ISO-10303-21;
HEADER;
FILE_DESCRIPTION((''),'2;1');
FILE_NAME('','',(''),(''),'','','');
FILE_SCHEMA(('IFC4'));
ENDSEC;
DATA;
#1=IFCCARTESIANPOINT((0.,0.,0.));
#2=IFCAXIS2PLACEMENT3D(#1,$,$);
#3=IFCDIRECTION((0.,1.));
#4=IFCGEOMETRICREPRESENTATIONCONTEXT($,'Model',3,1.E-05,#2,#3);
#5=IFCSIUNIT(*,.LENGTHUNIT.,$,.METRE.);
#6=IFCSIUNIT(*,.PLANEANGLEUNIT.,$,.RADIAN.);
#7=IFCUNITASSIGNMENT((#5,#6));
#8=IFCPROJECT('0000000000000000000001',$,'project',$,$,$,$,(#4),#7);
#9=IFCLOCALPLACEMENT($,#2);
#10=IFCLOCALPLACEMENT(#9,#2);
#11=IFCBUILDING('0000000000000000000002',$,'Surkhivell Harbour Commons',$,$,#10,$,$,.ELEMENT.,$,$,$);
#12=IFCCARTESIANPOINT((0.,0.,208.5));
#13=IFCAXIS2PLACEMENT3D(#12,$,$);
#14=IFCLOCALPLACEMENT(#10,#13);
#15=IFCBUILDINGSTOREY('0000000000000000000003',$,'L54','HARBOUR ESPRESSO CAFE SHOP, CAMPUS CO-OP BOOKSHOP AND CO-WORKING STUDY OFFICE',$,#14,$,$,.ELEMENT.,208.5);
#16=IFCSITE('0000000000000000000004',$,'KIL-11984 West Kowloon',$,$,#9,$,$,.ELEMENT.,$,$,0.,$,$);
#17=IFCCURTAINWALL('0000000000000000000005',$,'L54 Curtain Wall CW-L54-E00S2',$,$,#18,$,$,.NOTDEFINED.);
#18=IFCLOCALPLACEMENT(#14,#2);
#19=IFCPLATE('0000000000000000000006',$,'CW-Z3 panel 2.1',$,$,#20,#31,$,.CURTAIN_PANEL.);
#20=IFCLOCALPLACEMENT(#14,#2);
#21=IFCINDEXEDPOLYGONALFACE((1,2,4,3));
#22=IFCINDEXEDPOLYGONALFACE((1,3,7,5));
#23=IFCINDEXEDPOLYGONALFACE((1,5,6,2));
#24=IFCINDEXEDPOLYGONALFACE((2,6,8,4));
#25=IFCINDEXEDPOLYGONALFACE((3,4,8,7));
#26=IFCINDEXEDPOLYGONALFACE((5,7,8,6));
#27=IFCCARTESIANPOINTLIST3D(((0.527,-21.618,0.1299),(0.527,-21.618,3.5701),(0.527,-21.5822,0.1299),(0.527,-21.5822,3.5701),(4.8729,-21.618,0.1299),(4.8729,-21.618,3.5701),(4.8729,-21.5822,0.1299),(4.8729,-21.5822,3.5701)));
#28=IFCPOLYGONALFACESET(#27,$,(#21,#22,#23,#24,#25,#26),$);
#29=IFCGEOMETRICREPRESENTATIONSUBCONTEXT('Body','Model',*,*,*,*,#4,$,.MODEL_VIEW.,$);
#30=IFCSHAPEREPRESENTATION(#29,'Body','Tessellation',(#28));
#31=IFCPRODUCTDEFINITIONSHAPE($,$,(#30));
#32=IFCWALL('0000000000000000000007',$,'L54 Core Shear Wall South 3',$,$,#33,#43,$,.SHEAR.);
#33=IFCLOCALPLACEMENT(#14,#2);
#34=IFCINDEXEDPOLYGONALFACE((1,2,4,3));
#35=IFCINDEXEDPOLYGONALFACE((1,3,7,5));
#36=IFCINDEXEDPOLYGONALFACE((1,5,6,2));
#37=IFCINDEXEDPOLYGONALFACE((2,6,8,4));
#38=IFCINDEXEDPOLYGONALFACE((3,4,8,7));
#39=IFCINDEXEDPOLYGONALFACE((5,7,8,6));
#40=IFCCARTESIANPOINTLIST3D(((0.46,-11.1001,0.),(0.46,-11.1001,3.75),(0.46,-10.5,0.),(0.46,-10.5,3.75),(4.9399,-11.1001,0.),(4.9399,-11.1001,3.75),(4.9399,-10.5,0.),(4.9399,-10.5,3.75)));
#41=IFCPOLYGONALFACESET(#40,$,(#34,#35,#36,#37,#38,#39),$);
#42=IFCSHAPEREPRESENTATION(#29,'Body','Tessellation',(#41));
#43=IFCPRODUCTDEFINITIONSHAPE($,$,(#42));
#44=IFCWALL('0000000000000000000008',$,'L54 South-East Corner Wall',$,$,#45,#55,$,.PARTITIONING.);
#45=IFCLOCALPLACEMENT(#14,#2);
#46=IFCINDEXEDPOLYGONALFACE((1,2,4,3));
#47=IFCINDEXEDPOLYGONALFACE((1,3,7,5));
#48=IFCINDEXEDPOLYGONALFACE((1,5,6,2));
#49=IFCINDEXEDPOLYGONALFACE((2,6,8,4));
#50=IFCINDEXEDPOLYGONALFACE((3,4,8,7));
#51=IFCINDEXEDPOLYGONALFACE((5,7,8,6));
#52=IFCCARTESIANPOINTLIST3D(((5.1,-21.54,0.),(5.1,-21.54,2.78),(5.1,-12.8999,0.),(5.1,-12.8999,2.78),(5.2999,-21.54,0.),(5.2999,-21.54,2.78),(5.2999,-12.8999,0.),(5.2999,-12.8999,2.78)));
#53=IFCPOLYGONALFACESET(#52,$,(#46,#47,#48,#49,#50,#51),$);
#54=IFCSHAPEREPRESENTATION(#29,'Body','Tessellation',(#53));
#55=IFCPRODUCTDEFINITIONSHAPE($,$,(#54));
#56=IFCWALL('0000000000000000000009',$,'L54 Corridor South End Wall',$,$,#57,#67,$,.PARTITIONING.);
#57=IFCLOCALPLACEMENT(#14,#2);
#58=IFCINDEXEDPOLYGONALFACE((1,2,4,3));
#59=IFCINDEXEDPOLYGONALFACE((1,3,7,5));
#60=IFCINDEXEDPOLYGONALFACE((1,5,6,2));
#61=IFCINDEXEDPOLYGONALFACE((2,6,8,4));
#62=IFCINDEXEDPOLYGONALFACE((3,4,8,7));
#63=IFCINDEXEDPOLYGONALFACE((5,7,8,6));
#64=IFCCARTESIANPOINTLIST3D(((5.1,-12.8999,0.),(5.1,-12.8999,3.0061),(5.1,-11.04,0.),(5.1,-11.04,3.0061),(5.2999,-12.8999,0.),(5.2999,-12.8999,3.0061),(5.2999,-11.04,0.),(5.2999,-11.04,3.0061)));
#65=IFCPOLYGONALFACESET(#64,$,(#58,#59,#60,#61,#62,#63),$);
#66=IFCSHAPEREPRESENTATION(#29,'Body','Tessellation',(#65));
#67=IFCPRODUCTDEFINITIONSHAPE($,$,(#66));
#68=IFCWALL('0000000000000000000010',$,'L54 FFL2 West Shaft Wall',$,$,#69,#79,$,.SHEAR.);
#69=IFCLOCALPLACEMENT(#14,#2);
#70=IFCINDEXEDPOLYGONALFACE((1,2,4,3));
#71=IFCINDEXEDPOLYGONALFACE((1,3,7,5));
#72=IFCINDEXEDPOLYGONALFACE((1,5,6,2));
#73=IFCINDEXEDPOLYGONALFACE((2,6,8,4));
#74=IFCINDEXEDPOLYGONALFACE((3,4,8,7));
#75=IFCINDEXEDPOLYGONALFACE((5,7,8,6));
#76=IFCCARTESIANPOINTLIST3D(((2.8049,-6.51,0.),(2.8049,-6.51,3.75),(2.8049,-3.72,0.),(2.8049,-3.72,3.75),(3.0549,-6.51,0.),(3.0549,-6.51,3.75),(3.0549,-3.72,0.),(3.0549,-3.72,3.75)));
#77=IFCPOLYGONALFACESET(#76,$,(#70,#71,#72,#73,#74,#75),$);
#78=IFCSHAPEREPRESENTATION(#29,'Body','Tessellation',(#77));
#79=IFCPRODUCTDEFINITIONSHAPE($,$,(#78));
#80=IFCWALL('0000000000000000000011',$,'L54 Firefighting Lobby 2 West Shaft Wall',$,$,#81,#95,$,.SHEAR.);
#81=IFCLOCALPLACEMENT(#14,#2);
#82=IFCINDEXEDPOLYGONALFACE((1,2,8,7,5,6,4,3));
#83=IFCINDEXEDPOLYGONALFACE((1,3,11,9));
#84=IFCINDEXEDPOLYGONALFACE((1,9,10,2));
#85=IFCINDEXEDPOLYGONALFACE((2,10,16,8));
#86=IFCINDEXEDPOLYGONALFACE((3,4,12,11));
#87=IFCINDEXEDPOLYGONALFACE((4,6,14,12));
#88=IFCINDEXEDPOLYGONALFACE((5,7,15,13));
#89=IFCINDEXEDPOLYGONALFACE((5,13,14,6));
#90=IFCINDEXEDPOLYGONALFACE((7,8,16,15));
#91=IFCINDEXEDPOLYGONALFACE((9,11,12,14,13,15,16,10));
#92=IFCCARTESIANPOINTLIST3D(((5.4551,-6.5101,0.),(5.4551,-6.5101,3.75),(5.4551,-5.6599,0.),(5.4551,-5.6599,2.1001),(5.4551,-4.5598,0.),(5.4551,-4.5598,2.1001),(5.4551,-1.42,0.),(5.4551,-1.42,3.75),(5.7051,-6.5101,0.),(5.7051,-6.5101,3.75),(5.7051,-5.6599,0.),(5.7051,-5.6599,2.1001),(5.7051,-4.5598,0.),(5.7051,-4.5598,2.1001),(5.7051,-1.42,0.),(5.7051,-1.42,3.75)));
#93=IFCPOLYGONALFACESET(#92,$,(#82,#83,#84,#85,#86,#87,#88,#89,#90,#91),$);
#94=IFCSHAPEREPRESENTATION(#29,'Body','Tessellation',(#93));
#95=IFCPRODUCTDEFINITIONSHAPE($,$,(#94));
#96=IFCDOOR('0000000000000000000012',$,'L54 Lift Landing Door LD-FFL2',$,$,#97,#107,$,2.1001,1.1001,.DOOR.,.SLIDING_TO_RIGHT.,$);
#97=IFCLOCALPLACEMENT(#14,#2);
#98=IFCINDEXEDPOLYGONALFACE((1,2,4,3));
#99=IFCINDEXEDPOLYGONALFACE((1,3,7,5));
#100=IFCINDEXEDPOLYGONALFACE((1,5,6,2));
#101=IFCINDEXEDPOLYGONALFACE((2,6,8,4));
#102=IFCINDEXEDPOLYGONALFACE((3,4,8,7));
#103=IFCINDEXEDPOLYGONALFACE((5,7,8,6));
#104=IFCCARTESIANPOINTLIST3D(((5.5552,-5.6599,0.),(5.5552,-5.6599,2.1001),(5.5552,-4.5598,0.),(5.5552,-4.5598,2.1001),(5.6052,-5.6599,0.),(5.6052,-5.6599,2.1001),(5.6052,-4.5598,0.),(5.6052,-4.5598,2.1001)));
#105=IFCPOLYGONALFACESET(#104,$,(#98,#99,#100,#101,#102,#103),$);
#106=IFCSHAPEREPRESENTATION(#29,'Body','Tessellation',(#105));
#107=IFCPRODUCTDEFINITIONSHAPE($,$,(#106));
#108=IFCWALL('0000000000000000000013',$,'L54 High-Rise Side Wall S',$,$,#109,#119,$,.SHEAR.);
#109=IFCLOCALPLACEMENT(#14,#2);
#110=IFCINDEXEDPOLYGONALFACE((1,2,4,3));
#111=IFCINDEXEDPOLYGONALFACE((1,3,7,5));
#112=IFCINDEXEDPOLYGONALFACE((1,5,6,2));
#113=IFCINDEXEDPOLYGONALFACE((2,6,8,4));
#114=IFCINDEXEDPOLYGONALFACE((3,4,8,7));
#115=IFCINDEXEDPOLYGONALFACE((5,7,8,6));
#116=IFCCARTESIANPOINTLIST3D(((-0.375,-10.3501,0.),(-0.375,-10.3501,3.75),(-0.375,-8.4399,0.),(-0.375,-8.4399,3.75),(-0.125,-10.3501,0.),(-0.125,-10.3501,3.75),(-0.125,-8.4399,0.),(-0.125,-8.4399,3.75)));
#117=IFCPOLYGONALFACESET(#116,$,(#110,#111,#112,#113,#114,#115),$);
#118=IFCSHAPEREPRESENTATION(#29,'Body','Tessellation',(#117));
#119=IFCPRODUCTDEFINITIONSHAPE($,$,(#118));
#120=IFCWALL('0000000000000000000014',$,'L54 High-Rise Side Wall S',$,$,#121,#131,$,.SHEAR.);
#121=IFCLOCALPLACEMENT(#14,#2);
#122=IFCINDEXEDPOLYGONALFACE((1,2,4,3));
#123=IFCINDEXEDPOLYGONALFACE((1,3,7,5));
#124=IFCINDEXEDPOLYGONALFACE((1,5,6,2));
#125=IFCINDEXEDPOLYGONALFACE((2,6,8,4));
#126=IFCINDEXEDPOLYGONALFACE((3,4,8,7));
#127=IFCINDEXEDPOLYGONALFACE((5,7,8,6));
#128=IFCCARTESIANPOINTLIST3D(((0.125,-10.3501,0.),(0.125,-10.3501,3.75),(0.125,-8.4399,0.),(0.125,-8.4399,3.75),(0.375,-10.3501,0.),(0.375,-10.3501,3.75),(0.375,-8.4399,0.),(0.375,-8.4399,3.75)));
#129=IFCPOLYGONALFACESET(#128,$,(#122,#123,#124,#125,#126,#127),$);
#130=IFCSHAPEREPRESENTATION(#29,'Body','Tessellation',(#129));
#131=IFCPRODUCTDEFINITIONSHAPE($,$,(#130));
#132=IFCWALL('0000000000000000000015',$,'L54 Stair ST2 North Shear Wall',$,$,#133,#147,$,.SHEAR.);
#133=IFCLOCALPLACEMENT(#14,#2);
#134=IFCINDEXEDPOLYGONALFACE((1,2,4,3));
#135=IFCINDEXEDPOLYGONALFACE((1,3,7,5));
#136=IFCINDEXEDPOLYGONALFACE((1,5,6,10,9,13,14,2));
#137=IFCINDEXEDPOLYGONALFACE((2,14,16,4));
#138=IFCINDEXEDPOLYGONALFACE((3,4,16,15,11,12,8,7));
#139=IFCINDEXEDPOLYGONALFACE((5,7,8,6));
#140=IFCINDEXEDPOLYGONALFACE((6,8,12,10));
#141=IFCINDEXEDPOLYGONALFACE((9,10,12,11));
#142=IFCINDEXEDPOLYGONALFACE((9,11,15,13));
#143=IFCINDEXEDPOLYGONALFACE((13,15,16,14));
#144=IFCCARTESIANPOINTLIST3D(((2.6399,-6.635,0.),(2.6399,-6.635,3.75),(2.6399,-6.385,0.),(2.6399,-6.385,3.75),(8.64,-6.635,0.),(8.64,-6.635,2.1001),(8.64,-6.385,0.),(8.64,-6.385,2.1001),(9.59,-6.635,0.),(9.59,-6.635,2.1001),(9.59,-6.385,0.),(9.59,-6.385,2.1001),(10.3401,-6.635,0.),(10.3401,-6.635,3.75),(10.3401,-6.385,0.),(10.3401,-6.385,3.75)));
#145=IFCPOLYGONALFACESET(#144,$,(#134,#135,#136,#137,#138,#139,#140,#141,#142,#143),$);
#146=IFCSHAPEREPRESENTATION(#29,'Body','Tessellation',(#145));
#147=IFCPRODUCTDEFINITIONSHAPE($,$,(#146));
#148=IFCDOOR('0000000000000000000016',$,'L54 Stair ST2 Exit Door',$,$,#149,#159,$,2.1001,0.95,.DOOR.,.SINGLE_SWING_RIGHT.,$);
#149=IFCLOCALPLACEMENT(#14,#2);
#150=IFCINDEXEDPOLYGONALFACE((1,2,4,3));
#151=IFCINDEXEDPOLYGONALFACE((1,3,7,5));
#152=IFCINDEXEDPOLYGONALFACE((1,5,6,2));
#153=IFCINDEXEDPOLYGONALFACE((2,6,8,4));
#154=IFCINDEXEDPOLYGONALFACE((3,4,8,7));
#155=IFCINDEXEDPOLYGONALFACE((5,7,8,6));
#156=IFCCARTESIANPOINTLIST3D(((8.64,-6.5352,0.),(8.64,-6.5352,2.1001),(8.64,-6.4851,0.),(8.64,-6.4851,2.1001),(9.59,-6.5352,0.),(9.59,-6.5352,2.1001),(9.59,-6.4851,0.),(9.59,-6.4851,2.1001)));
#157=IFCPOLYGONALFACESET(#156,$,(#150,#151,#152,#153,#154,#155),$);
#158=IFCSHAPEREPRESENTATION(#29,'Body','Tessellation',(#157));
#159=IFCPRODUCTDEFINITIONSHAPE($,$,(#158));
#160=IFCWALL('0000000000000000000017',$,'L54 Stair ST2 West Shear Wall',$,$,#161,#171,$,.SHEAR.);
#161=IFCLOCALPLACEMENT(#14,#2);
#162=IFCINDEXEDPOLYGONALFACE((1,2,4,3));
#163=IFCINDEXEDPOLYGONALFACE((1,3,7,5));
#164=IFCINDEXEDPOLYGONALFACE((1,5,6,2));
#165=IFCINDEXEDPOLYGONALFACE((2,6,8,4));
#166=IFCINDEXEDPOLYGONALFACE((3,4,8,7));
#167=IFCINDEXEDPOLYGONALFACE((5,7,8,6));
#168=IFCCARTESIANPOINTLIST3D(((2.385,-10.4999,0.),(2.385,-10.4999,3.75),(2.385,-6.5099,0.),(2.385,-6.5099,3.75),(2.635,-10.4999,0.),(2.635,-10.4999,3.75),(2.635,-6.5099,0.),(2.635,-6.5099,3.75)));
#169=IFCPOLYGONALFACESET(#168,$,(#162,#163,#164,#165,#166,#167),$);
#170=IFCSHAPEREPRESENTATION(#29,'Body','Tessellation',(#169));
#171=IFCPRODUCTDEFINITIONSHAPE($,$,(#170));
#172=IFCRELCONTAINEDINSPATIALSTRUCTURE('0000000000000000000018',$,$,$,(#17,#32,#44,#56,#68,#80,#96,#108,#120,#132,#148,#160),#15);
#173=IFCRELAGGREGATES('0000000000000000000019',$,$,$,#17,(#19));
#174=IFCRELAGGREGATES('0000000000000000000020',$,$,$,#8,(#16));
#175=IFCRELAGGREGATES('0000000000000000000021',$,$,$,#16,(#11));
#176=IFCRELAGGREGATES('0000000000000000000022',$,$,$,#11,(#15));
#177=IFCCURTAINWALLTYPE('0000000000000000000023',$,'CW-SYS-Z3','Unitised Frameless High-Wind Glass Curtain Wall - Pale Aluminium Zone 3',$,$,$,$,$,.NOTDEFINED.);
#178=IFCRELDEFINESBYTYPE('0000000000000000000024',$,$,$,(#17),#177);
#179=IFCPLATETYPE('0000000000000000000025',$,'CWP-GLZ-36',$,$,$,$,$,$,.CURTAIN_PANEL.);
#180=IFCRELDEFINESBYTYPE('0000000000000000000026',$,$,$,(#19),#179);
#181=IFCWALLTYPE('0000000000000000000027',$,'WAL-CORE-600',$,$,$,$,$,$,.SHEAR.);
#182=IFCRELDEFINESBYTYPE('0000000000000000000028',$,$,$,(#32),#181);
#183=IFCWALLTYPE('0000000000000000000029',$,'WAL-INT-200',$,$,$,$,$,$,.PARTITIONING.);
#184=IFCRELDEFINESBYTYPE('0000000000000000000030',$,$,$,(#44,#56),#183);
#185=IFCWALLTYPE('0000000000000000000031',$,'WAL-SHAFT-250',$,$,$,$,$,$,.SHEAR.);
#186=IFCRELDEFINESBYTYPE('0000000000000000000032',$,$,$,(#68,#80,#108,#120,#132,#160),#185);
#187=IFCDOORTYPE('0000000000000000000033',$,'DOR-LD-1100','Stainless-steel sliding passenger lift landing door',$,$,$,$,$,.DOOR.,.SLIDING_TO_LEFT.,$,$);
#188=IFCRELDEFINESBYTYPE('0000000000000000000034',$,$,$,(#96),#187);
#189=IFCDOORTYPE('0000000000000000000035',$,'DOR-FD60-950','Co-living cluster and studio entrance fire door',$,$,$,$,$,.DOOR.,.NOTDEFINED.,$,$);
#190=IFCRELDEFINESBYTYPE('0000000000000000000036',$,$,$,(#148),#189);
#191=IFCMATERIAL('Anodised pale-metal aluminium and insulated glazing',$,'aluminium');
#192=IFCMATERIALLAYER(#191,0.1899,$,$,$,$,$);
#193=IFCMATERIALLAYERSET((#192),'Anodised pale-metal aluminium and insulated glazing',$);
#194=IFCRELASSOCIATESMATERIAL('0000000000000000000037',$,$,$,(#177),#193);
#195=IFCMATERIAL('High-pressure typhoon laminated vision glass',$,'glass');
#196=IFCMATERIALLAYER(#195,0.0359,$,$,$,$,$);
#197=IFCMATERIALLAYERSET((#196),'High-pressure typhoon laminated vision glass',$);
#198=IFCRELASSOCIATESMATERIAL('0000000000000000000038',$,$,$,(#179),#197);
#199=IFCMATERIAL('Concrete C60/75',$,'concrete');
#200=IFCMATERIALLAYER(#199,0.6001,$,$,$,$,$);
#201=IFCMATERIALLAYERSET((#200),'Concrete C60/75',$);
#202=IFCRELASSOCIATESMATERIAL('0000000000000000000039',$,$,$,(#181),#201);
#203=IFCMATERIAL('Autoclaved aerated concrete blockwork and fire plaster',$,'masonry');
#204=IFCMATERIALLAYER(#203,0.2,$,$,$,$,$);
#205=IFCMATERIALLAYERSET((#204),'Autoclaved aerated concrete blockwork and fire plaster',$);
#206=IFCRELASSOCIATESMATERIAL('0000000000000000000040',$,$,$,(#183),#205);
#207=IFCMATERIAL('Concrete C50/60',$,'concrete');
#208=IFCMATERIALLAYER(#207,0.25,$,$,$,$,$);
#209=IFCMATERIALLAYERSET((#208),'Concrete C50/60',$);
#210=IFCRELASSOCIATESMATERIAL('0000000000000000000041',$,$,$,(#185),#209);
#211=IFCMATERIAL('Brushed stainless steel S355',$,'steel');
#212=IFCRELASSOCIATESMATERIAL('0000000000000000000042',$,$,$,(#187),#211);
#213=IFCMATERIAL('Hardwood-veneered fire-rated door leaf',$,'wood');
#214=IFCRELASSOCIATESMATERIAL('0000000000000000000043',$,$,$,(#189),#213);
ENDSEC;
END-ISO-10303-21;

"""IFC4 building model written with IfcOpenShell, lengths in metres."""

from ifc_helpers import new_model, si_unit, direction, frame, frame_2d, origin, place, context, subcontext, project, spatial, rectangle, extrude, material, layer, layer_set, type_object, element, fill, aggregate, save


model = new_model("IFC4")

# Units and contexts
model_context = context("Model", 3, precision=1e-05, world=origin(), true_north=direction((0.0, 1.0)))
body_context = subcontext(model_context, "Body", "Model", "MODEL_VIEW")
ifc_project = project(units=[si_unit("LENGTHUNIT", "METRE"), si_unit("PLANEANGLEUNIT", "RADIAN")], contexts=[model_context])

# Site, building, storey
site_placement = place(None, origin())
site = spatial("IfcSite", under=ifc_project, at=site_placement, Name="KIL-11984 West Kowloon", CompositionType="ELEMENT", RefElevation=0.0)
building_placement = place(site_placement, origin())
building = spatial("IfcBuilding", under=site, at=building_placement, Name="Surkhivell Harbour Commons", CompositionType="ELEMENT")
storey_placement = place(building_placement, frame((0.0, 0.0, 208.5)))
storey = spatial("IfcBuildingStorey", under=building, at=storey_placement, Name="L54", Description="HARBOUR ESPRESSO CAFE SHOP, CAMPUS CO-OP BOOKSHOP AND CO-WORKING STUDY OFFICE", CompositionType="ELEMENT", Elevation=208.5)

# Shared definitions
ifc_material_1 = material(Name="Concrete C60/75", Category="concrete")

# Curtain wall, plate
ifc_material_2 = material(Name="Anodised pale-metal aluminium and insulated glazing", Category="aluminium")
ifc_layer_1 = layer(ifc_material_2, 0.1899)
ifc_layer_set_1 = layer_set([ifc_layer_1], Name="Anodised pale-metal aluminium and insulated glazing")
curtain_wall_type = type_object("IfcCurtainWallType", Name="CW-SYS-Z3", Description="Unitised Frameless High-Wind Glass Curtain Wall - Pale Aluminium Zone 3", PredefinedType="NOTDEFINED", material=ifc_layer_set_1)
curtain_wall_placement = place(storey_placement, origin())
curtain_wall = element("IfcCurtainWall", 1, at=curtain_wall_placement, inside=storey, type_object=curtain_wall_type, Name="L54 Curtain Wall CW-L54-E00S2", PredefinedType="NOTDEFINED")
ifc_material_3 = material(Name="High-pressure typhoon laminated vision glass", Category="glass")
ifc_layer_2 = layer(ifc_material_3, 0.0359)
ifc_layer_set_2 = layer_set([ifc_layer_2], Name="High-pressure typhoon laminated vision glass")
plate_type = type_object("IfcPlateType", Name="CWP-GLZ-36", PredefinedType="CURTAIN_PANEL", material=ifc_layer_set_2)
plate_placement = place(storey_placement, frame((0.5271, -21.6001, 0.1299), z_axis=(0.0, 0.0, 1.0), x_axis=(1.0, 0.0, 0.0)))
plate = element("IfcPlate", 2, at=plate_placement, type_object=plate_type, Name="CW-Z3 panel 2.1", PredefinedType="CURTAIN_PANEL", context=body_context, shape_type="SweptSolid", body=[
    extrude(rectangle(XDim=4.3459, YDim=0.0359, at=frame_2d((2.1729, 0.0))), origin(), (0.0, 0.0, 1.0), 3.4402),
])
aggregate(curtain_wall, [plate])

# Walls
ifc_layer_3 = layer(ifc_material_1, 0.6001)
ifc_layer_set_3 = layer_set([ifc_layer_3], Name="Concrete C60/75")
wall_type_1 = type_object("IfcWallType", Name="WAL-CORE-600", PredefinedType="SHEAR", material=ifc_layer_set_3)
wall_1_placement = place(storey_placement, frame((0.46, -10.8, 0.0), z_axis=(0.0, 0.0, 1.0), x_axis=(1.0, 0.0, 0.0)))
element("IfcWall", 3, at=wall_1_placement, inside=storey, type_object=wall_type_1, Name="L54 Core Shear Wall South 3", PredefinedType="SHEAR", context=body_context, shape_type="SweptSolid", body=[
    extrude(rectangle(XDim=4.48, YDim=0.6001, at=frame_2d((2.24, 0.0))), origin(), (0.0, 0.0, 1.0), 3.75),
])
ifc_material_4 = material(Name="Autoclaved aerated concrete blockwork and fire plaster", Category="masonry")
ifc_layer_4 = layer(ifc_material_4, 0.2)
ifc_layer_set_4 = layer_set([ifc_layer_4], Name="Autoclaved aerated concrete blockwork and fire plaster")
wall_type_2 = type_object("IfcWallType", Name="WAL-INT-200", PredefinedType="PARTITIONING", material=ifc_layer_set_4)
wall_2_placement = place(storey_placement, frame((5.2, -21.54, 0.0), z_axis=(0.0, 0.0, 1.0), x_axis=(0.0, 1.0, 0.0)))
element("IfcWall", 4, at=wall_2_placement, inside=storey, type_object=wall_type_2, Name="L54 South-East Corner Wall", PredefinedType="PARTITIONING", context=body_context, shape_type="SweptSolid", body=[
    extrude(rectangle(XDim=8.6401, YDim=0.2, at=frame_2d((4.3201, 0.0))), origin(), (0.0, 0.0, 1.0), 2.78),
])
wall_3_placement = place(storey_placement, frame((5.2, -12.8999, 0.0), z_axis=(0.0, 0.0, 1.0), x_axis=(0.0, 1.0, 0.0)))
element("IfcWall", 5, at=wall_3_placement, inside=storey, type_object=wall_type_2, Name="L54 Corridor South End Wall", PredefinedType="PARTITIONING", context=body_context, shape_type="SweptSolid", body=[
    extrude(rectangle(XDim=1.8599, YDim=0.2, at=frame_2d((0.9299, 0.0))), origin(), (0.0, 0.0, 1.0), 3.0061),
])
ifc_material_5 = material(Name="Concrete C50/60", Category="concrete")
ifc_layer_5 = layer(ifc_material_5, 0.25)
ifc_layer_set_5 = layer_set([ifc_layer_5], Name="Concrete C50/60")
wall_type_3 = type_object("IfcWallType", Name="WAL-SHAFT-250", PredefinedType="SHEAR", material=ifc_layer_set_5)
wall_4_placement = place(storey_placement, frame((2.9299, -6.51, 0.0), z_axis=(0.0, 0.0, 1.0), x_axis=(0.0, 1.0, 0.0)))
element("IfcWall", 6, at=wall_4_placement, inside=storey, type_object=wall_type_3, Name="L54 FFL2 West Shaft Wall", PredefinedType="SHEAR", context=body_context, shape_type="SweptSolid", body=[
    extrude(rectangle(XDim=2.79, YDim=0.25, at=frame_2d((1.395, 0.0))), origin(), (0.0, 0.0, 1.0), 3.75),
])

# Wall, opening, door
wall_5_placement = place(storey_placement, frame((5.5801, -6.51, 0.0), z_axis=(0.0, 0.0, 1.0), x_axis=(0.0, 1.0, 0.0)))
wall_5 = element("IfcWall", 7, at=wall_5_placement, inside=storey, type_object=wall_type_3, Name="L54 Firefighting Lobby 2 West Shaft Wall", PredefinedType="SHEAR", context=body_context, shape_type="SweptSolid", body=[
    extrude(rectangle(XDim=5.0901, YDim=0.25, at=frame_2d((2.5449, 0.0))), origin(), (0.0, 0.0, 1.0), 3.75),
])
opening_1_placement = place(wall_5_placement, frame((0.8501, 0.0, 0.0)))
opening_1 = element("IfcOpeningElement", 8, at=opening_1_placement, cuts=wall_5, PredefinedType="OPENING", context=body_context, shape_type="SweptSolid", body=[
    extrude(rectangle(XDim=1.1001, YDim=2.1001, at=frame_2d((0.55, 1.05))), frame((0.0, 0.135, 0.0), z_axis=(0.0, -1.0, 0.0), x_axis=(1.0, 0.0, 0.0)), (0.0, 0.0, 1.0), 0.27),
])
ifc_material_6 = material(Name="Brushed stainless steel S355", Category="steel")
door_type_1 = type_object("IfcDoorType", Name="DOR-LD-1100", Description="Stainless-steel sliding passenger lift landing door", OperationType="SLIDING_TO_LEFT", PredefinedType="DOOR", material=ifc_material_6)
door_1_placement = place(opening_1_placement, origin())
door_1 = element("IfcDoor", 9, at=door_1_placement, inside=storey, type_object=door_type_1, Name="L54 Lift Landing Door LD-FFL2", OperationType="SLIDING_TO_RIGHT", OverallHeight=2.1001, OverallWidth=1.1001, PredefinedType="DOOR", context=body_context, shape_type="SweptSolid", body=[
    extrude(rectangle(XDim=1.1001, YDim=2.1001, at=frame_2d((0.55, 1.05))), frame((0.0, 0.0249, 0.0), z_axis=(0.0, -1.0, 0.0), x_axis=(1.0, 0.0, 0.0)), (0.0, 0.0, 1.0), 0.05),
])
fill(opening_1, door_1)

# Walls
for number, where, z_axis, x_axis, name in (
    (10, (-0.25, -10.3501, 0.0), (0.0, 0.0, 1.0), (0.0, 1.0, 0.0), "L54 High-Rise Side Wall S"),
    (11, (0.25, -10.3501, 0.0), (0.0, 0.0, 1.0), (0.0, 1.0, 0.0), "L54 High-Rise Side Wall S"),
):
    element("IfcWall", number, at=place(storey_placement, frame(where, z_axis=z_axis, x_axis=x_axis)), inside=storey, type_object=wall_type_3, Name=name, PredefinedType="SHEAR", context=body_context, shape_type="SweptSolid", body=[
        extrude(rectangle(XDim=1.9102, YDim=0.25, at=frame_2d((0.9551, 0.0))), origin(), (0.0, 0.0, 1.0), 3.75),
    ])

# Wall, opening, door
wall_6_placement = place(storey_placement, frame((2.6399, -6.51, 0.0), z_axis=(0.0, 0.0, 1.0), x_axis=(1.0, 0.0, 0.0)))
wall_6 = element("IfcWall", 12, at=wall_6_placement, inside=storey, type_object=wall_type_3, Name="L54 Stair ST2 North Shear Wall", PredefinedType="SHEAR", context=body_context, shape_type="SweptSolid", body=[
    extrude(rectangle(XDim=7.7002, YDim=0.25, at=frame_2d((3.8501, 0.0))), origin(), (0.0, 0.0, 1.0), 3.75),
])
opening_2_placement = place(wall_6_placement, frame((6.0, 0.0, 0.0)))
opening_2 = element("IfcOpeningElement", 13, at=opening_2_placement, cuts=wall_6, PredefinedType="OPENING", context=body_context, shape_type="SweptSolid", body=[
    extrude(rectangle(XDim=0.95, YDim=2.1001, at=frame_2d((0.4751, 1.05))), frame((0.0, 0.135, 0.0), z_axis=(0.0, -1.0, 0.0), x_axis=(1.0, 0.0, 0.0)), (0.0, 0.0, 1.0), 0.27),
])
ifc_material_7 = material(Name="Hardwood-veneered fire-rated door leaf", Category="wood")
door_type_2 = type_object("IfcDoorType", Name="DOR-FD60-950", Description="Co-living cluster and studio entrance fire door", OperationType="NOTDEFINED", PredefinedType="DOOR", material=ifc_material_7)
door_2_placement = place(opening_2_placement, origin())
door_2 = element("IfcDoor", 14, at=door_2_placement, inside=storey, type_object=door_type_2, Name="L54 Stair ST2 Exit Door", OperationType="SINGLE_SWING_RIGHT", OverallHeight=2.1001, OverallWidth=0.95, PredefinedType="DOOR", context=body_context, shape_type="SweptSolid", body=[
    extrude(rectangle(XDim=0.95, YDim=2.1001, at=frame_2d((0.4751, 1.05))), frame((0.0, 0.0249, 0.0), z_axis=(0.0, -1.0, 0.0), x_axis=(1.0, 0.0, 0.0)), (0.0, 0.0, 1.0), 0.05),
])
fill(opening_2, door_2)

# Wall
wall_7_placement = place(storey_placement, frame((2.51, -10.5, 0.0), z_axis=(0.0, 0.0, 1.0), x_axis=(0.0, 1.0, 0.0)))
element("IfcWall", 15, at=wall_7_placement, inside=storey, type_object=wall_type_3, Name="L54 Stair ST2 West Shear Wall", PredefinedType="SHEAR", context=body_context, shape_type="SweptSolid", body=[
    extrude(rectangle(XDim=3.99, YDim=0.25, at=frame_2d((1.9951, 0.0))), origin(), (0.0, 0.0, 1.0), 3.75),
])

save(model, "model.ifc")
